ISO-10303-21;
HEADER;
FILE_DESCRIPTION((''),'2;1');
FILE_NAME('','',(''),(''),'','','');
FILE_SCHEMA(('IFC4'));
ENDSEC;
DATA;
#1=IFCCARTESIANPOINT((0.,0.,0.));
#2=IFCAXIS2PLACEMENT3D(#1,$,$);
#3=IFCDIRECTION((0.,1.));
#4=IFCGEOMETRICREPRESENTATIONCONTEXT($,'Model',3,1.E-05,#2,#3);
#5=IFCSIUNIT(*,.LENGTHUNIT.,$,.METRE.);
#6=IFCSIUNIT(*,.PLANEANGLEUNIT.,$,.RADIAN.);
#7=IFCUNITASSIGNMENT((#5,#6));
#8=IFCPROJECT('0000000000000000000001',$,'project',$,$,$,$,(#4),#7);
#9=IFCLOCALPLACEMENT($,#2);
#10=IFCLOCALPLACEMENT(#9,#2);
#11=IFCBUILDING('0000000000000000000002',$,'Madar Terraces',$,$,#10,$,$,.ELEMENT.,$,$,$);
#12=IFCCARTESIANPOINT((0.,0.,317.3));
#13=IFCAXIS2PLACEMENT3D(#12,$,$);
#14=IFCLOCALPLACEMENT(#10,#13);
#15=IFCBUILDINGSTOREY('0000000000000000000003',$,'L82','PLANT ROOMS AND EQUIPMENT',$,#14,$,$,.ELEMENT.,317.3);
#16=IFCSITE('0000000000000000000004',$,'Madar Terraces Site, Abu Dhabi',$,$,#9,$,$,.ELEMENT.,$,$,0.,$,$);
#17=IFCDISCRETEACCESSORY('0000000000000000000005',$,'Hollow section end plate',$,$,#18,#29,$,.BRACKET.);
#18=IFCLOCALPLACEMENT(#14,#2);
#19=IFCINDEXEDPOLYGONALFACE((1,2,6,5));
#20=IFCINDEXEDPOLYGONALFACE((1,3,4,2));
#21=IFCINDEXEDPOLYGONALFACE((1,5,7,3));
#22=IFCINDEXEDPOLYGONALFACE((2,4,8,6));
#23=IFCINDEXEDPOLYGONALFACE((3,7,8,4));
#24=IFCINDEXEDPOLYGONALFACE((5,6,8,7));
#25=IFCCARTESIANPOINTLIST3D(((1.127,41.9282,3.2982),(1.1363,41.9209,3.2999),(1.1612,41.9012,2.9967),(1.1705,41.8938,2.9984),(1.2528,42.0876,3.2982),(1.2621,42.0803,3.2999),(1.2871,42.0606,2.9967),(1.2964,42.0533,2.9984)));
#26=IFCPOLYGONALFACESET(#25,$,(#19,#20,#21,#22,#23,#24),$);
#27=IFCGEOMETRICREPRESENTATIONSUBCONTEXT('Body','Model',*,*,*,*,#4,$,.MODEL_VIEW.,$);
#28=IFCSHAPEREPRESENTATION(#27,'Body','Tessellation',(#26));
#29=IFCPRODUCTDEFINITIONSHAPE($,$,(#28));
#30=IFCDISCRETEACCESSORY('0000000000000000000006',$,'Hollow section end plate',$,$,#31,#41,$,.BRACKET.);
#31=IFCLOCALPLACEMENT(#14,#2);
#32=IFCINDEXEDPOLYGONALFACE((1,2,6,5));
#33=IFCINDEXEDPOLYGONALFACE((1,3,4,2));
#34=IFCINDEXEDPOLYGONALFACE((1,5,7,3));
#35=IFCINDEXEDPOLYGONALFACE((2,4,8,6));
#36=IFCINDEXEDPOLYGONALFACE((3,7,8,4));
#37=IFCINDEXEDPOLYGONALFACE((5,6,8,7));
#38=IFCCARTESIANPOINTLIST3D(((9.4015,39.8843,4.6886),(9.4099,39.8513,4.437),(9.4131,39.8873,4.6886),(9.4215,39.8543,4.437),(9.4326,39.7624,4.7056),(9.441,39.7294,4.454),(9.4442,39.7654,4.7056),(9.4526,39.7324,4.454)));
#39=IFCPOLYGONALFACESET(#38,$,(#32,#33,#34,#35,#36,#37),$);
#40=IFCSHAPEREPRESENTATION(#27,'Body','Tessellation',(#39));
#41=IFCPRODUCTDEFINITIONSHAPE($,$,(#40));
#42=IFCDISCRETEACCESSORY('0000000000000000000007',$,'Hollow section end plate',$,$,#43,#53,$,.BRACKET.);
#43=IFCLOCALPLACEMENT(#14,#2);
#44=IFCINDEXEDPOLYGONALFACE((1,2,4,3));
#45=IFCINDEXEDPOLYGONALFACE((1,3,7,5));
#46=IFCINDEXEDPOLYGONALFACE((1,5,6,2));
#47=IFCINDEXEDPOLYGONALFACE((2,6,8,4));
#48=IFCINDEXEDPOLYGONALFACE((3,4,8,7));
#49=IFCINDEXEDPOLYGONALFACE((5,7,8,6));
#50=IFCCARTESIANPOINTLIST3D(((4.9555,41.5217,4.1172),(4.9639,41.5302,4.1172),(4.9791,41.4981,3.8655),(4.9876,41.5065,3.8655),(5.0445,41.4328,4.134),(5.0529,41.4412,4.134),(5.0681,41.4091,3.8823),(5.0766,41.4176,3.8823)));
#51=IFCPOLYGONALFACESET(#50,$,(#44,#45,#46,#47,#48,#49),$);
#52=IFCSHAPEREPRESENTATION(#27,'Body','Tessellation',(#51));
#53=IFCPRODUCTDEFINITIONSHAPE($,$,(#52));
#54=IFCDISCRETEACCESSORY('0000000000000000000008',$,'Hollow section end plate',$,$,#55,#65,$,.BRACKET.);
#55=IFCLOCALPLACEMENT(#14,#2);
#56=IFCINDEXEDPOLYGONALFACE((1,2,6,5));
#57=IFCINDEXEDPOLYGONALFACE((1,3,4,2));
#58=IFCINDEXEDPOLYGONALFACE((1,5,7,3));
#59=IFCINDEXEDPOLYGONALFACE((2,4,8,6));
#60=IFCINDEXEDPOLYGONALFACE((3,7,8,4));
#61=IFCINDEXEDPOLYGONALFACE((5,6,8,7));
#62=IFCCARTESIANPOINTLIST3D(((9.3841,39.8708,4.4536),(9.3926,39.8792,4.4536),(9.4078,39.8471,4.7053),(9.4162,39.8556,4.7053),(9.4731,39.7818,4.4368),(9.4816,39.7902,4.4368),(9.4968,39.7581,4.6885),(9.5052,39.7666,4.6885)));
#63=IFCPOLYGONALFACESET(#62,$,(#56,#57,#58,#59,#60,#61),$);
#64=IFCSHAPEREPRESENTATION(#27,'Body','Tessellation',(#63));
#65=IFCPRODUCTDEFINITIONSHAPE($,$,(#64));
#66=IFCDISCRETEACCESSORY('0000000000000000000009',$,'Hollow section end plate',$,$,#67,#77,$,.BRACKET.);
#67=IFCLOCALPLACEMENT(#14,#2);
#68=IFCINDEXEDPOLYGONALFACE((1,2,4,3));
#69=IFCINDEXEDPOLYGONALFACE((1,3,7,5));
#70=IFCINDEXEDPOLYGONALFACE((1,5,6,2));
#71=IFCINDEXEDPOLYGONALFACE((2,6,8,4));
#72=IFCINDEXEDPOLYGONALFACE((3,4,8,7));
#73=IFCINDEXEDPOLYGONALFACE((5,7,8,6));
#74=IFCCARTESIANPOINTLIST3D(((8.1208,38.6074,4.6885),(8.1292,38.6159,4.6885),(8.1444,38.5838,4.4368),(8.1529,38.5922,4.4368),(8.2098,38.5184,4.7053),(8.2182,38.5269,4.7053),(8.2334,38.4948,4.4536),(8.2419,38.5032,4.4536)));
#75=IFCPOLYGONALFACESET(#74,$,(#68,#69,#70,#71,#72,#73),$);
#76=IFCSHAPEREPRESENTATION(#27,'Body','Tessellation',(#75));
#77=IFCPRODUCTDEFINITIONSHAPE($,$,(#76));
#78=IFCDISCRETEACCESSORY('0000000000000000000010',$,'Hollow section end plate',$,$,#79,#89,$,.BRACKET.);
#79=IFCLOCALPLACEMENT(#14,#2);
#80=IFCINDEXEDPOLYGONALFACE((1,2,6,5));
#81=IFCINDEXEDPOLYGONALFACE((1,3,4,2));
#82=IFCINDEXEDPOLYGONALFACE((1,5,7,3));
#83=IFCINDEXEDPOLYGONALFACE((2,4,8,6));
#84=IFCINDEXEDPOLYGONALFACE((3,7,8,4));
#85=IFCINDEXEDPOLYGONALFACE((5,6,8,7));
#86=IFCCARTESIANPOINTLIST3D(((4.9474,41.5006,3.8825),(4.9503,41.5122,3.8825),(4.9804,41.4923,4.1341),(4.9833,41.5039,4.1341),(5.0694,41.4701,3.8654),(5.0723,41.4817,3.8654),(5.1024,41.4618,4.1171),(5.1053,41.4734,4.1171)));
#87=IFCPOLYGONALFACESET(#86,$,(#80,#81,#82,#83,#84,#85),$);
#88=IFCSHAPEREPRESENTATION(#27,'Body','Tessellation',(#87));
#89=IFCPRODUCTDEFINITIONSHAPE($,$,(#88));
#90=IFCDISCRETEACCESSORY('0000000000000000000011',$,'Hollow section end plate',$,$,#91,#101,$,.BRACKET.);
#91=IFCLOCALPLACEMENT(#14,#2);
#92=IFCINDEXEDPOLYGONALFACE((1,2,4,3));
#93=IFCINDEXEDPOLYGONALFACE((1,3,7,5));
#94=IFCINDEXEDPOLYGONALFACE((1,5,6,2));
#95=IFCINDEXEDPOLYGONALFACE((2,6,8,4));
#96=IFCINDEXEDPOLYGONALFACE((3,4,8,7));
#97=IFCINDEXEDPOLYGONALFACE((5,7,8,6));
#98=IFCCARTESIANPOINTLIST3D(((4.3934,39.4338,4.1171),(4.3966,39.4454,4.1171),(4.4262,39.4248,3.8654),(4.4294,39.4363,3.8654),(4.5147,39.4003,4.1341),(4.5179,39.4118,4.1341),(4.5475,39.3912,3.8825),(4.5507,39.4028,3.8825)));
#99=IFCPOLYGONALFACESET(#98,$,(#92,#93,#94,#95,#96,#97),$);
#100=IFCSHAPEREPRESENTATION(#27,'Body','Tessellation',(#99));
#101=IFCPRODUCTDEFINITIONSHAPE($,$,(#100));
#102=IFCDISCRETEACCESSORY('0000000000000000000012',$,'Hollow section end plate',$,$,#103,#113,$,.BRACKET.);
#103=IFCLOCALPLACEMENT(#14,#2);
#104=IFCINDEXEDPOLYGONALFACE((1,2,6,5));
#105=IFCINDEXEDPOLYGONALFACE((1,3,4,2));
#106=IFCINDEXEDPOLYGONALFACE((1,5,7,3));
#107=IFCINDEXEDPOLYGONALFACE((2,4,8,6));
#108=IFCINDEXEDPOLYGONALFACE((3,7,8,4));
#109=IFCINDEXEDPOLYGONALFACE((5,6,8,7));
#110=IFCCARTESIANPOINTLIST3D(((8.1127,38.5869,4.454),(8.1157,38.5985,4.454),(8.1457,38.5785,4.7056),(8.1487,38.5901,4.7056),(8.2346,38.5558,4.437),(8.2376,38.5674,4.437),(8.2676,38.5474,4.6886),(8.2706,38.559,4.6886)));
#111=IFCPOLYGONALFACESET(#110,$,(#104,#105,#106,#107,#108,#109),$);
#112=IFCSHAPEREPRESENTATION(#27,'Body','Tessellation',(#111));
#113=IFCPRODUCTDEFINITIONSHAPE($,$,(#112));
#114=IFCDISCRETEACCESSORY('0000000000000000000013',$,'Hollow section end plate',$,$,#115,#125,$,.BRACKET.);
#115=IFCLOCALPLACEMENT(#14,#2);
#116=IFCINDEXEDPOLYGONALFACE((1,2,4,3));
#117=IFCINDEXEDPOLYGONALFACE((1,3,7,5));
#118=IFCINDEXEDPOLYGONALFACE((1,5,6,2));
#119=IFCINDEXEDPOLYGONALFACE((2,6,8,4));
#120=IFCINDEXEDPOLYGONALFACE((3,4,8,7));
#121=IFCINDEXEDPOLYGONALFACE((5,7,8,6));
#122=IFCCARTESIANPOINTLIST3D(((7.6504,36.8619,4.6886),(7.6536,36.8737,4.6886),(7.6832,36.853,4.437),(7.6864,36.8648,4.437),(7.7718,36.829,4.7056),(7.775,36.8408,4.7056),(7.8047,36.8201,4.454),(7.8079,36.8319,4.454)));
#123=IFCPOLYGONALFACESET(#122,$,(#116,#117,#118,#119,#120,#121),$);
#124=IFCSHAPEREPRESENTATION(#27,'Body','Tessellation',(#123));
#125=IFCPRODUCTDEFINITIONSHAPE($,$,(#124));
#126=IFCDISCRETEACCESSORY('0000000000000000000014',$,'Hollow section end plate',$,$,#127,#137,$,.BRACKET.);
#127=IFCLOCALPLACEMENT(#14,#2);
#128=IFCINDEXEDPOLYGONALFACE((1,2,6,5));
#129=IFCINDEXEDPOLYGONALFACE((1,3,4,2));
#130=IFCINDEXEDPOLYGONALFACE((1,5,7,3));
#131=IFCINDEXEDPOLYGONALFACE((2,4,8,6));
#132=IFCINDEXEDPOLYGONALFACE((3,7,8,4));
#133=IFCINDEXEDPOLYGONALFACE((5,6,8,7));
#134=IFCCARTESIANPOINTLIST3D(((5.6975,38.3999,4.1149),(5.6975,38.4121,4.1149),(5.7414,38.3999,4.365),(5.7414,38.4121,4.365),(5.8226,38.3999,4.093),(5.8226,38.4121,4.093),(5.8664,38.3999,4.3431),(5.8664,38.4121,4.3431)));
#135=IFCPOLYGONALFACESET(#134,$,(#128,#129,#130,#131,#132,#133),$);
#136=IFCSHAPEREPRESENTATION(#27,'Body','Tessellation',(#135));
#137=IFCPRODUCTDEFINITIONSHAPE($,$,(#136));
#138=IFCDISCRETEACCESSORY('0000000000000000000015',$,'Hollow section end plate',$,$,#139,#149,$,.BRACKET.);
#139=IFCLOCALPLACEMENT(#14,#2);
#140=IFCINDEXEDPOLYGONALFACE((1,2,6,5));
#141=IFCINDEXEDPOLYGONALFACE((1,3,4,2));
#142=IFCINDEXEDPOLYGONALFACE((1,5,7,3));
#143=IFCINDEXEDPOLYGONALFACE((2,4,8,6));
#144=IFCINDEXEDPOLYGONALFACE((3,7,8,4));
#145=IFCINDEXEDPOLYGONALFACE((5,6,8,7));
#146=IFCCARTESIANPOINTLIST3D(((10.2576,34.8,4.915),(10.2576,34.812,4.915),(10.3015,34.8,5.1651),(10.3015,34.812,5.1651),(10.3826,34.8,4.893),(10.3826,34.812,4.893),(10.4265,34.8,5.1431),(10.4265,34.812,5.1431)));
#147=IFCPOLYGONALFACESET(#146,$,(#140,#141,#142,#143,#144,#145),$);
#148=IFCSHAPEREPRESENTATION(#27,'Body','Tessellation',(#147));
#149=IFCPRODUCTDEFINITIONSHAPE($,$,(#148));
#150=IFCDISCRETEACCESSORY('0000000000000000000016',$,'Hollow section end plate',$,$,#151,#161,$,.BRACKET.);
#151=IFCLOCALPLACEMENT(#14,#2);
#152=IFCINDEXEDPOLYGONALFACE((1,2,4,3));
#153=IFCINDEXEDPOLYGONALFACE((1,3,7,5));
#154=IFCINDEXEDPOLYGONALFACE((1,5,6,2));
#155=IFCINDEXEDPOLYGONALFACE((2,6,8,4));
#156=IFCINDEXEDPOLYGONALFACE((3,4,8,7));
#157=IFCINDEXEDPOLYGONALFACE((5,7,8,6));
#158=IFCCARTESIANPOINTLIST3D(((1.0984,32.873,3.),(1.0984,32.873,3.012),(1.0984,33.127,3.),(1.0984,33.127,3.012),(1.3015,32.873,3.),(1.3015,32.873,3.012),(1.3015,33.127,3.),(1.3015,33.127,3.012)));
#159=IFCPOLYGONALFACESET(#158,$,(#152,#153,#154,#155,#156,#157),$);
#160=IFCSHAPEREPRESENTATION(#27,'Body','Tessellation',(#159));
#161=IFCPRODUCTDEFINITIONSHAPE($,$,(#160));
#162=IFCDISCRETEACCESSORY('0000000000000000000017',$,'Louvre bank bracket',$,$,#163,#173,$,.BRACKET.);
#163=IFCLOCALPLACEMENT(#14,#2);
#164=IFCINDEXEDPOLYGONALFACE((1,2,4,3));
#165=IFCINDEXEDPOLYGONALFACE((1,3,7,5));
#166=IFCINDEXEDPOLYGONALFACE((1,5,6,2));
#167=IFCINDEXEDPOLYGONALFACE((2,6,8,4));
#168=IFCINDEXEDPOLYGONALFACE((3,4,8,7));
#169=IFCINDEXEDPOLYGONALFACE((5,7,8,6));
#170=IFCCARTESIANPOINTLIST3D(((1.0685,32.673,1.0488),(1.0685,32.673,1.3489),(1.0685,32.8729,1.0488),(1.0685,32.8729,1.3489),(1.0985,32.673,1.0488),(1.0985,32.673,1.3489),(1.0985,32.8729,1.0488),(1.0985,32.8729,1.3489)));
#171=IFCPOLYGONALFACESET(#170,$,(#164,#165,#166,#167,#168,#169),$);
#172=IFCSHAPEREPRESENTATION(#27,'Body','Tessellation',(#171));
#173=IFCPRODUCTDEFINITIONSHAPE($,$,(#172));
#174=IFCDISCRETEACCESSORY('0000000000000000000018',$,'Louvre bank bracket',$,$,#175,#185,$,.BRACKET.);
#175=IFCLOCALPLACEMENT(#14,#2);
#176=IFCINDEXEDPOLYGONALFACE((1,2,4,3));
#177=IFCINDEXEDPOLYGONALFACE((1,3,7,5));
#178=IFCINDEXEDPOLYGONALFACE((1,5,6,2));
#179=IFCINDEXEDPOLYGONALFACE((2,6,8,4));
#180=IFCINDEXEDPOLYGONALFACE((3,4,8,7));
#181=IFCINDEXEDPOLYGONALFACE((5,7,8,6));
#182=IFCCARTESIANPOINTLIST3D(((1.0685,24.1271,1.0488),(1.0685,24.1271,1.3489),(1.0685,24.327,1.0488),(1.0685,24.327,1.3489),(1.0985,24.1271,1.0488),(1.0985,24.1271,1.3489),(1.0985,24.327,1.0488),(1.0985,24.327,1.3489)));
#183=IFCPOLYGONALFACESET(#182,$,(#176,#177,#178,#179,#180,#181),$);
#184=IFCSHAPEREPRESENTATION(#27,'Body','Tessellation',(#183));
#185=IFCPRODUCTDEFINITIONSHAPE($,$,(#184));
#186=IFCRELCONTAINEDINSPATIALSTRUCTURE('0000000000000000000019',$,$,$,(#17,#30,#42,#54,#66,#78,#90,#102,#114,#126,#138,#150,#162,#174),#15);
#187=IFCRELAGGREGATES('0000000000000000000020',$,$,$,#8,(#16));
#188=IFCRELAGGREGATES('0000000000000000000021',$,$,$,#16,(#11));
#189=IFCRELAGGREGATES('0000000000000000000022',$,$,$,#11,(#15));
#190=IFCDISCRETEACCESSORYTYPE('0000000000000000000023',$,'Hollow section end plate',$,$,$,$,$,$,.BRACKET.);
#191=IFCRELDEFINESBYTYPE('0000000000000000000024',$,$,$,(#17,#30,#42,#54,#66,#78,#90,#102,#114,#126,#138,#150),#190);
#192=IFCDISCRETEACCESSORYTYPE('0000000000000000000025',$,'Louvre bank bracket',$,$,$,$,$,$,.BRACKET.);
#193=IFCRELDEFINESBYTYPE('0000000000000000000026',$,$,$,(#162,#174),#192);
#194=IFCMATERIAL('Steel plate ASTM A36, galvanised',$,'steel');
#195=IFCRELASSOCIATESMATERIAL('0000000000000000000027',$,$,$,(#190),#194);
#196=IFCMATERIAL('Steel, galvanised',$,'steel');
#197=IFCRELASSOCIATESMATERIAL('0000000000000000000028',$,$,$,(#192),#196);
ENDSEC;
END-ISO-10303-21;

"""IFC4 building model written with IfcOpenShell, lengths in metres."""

from ifc_helpers import new_model, si_unit, direction, frame, origin, origin_2d, place, context, subcontext, project, spatial, rectangle, extrude, material, type_object, element, save


model = new_model("IFC4")

# Units and contexts
model_context = context("Model", 3, precision=1e-05, world=origin(), true_north=direction((0.0, 1.0)))
body_context = subcontext(model_context, "Body", "Model", "MODEL_VIEW")
ifc_project = project(units=[si_unit("LENGTHUNIT", "METRE"), si_unit("PLANEANGLEUNIT", "RADIAN")], contexts=[model_context])

# Site, building, storey
site_placement = place(None, origin())
site = spatial("IfcSite", under=ifc_project, at=site_placement, Name="Madar Terraces Site, Abu Dhabi", CompositionType="ELEMENT", RefElevation=0.0)
building_placement = place(site_placement, origin())
building = spatial("IfcBuilding", under=site, at=building_placement, Name="Madar Terraces", CompositionType="ELEMENT")
storey_placement = place(building_placement, frame((0.0, 0.0, 317.3)))
storey = spatial("IfcBuildingStorey", under=building, at=storey_placement, Name="L82", Description="PLANT ROOMS AND EQUIPMENT", CompositionType="ELEMENT", Elevation=317.3)

# Discrete accessories
ifc_material_1 = material(Name="Steel plate ASTM A36, galvanised", Category="steel")
discrete_accessory_type_1 = type_object("IfcDiscreteAccessoryType", Name="Hollow section end plate", PredefinedType="BRACKET", material=ifc_material_1)
discrete_accessory_1_placement = place(storey_placement, frame((1.2163, 41.9871, 3.1492), z_axis=(-0.776805, 0.613267, -0.143096), x_axis=(-0.619644, -0.784883, 0.0)))
element("IfcDiscreteAccessory", 1, at=discrete_accessory_1_placement, inside=storey, type_object=discrete_accessory_type_1, Name="Hollow section end plate", PredefinedType="BRACKET", context=body_context, shape_type="SweptSolid", body=[
    extrude(rectangle(XDim=0.2031, YDim=0.3047, at=origin_2d()), origin(), (0.0, 0.0, 1.0), 0.012),
])
for number, where, z_axis, x_axis, name in (
    (2, (9.4329, 39.8098, 4.5713), (-0.968918, -0.247383, 0.0), (0.245149, -0.960168, 0.134086), "Hollow section end plate"),
    (3, (5.0203, 41.4739, 3.9998), (-0.707107, -0.707107, 0.0), (0.700941, -0.700941, 0.131765), "Hollow section end plate"),
    (4, (9.4404, 39.8145, 4.571), (0.707107, 0.707107, 0.0), (-0.700941, 0.700941, 0.131765), "Hollow section end plate"),
    (5, (8.1855, 38.5596, 4.571), (-0.707107, -0.707107, 0.0), (0.700941, -0.700941, 0.131765), "Hollow section end plate"),
    (6, (5.0249, 41.4812, 3.9998), (0.242536, 0.970143, 0.0), (-0.961382, 0.240345, 0.134086), "Hollow section end plate"),
    (7, (4.4736, 39.4241, 3.9998), (-0.266586, -0.963811, 0.0), (0.955108, -0.264179, 0.134086), "Hollow section end plate"),
    (8, (8.1902, 38.5671, 4.5713), (0.247383, 0.968918, 0.0), (-0.960168, 0.245149, 0.134086), "Hollow section end plate"),
):
    element("IfcDiscreteAccessory", number, at=place(storey_placement, frame(where, z_axis=z_axis, x_axis=x_axis)), inside=storey, type_object=discrete_accessory_type_1, Name=name, PredefinedType="BRACKET", context=body_context, shape_type="SweptSolid", body=[
        extrude(rectangle(XDim=0.127, YDim=0.2539, at=origin_2d()), origin(), (0.0, 0.0, 1.0), 0.012),
    ])
for number, where, z_axis, x_axis, name in (
    (9, (7.7307, 36.8528, 4.5713), (-0.261415, -0.965226, 0.0), (0.95651, -0.259055, 0.134086), "Hollow section end plate"),
    (10, (5.782, 38.3999, 4.229), (0.0, 1.0, 0.0), (-0.984957, 0.0, 0.172799), "Hollow section end plate"),
):
    element("IfcDiscreteAccessory", number, at=place(storey_placement, frame(where, z_axis=z_axis, x_axis=x_axis)), inside=storey, type_object=discrete_accessory_type_1, Name=name, PredefinedType="BRACKET", context=body_context, shape_type="SweptSolid", body=[
        extrude(rectangle(XDim=0.127, YDim=0.2539, at=origin_2d()), origin(), (0.0, 0.0, 1.0), 0.0122),
    ])
discrete_accessory_2_placement = place(storey_placement, frame((10.342, 34.8, 5.0291), z_axis=(0.0, 1.0, 0.0), x_axis=(-0.984957, 0.0, 0.172799)))
element("IfcDiscreteAccessory", 11, at=discrete_accessory_2_placement, inside=storey, type_object=discrete_accessory_type_1, Name="Hollow section end plate", PredefinedType="BRACKET", context=body_context, shape_type="SweptSolid", body=[
    extrude(rectangle(XDim=0.127, YDim=0.2539, at=origin_2d()), origin(), (0.0, 0.0, 1.0), 0.012),
])
discrete_accessory_3_placement = place(storey_placement, frame((1.2, 33.0, 3.0), z_axis=(0.0, 0.0, 1.0), x_axis=(1.0, 0.0, 0.0)))
element("IfcDiscreteAccessory", 12, at=discrete_accessory_3_placement, inside=storey, type_object=discrete_accessory_type_1, Name="Hollow section end plate", PredefinedType="BRACKET", context=body_context, shape_type="SweptSolid", body=[
    extrude(rectangle(XDim=0.2031, YDim=0.2539, at=origin_2d()), origin(), (0.0, 0.0, 1.0), 0.012),
])
ifc_material_2 = material(Name="Steel, galvanised", Category="steel")
discrete_accessory_type_2 = type_object("IfcDiscreteAccessoryType", Name="Louvre bank bracket", PredefinedType="BRACKET", material=ifc_material_2)
for number, where, z_axis, x_axis, name in (
    (13, (1.0835, 32.7729, 1.0488), (0.0, 0.0, 1.0), (0.0, -1.0, 0.0), "Louvre bank bracket"),
    (14, (1.0835, 24.2271, 1.0488), (0.0, 0.0, 1.0), (0.0, -1.0, 0.0), "Louvre bank bracket"),
):
    element("IfcDiscreteAccessory", number, at=place(storey_placement, frame(where, z_axis=z_axis, x_axis=x_axis)), inside=storey, type_object=discrete_accessory_type_2, Name=name, PredefinedType="BRACKET", context=body_context, shape_type="SweptSolid", body=[
        extrude(rectangle(XDim=0.2, YDim=0.03, at=origin_2d()), origin(), (0.0, 0.0, 1.0), 0.3),
    ])

save(model, "model.ifc")
